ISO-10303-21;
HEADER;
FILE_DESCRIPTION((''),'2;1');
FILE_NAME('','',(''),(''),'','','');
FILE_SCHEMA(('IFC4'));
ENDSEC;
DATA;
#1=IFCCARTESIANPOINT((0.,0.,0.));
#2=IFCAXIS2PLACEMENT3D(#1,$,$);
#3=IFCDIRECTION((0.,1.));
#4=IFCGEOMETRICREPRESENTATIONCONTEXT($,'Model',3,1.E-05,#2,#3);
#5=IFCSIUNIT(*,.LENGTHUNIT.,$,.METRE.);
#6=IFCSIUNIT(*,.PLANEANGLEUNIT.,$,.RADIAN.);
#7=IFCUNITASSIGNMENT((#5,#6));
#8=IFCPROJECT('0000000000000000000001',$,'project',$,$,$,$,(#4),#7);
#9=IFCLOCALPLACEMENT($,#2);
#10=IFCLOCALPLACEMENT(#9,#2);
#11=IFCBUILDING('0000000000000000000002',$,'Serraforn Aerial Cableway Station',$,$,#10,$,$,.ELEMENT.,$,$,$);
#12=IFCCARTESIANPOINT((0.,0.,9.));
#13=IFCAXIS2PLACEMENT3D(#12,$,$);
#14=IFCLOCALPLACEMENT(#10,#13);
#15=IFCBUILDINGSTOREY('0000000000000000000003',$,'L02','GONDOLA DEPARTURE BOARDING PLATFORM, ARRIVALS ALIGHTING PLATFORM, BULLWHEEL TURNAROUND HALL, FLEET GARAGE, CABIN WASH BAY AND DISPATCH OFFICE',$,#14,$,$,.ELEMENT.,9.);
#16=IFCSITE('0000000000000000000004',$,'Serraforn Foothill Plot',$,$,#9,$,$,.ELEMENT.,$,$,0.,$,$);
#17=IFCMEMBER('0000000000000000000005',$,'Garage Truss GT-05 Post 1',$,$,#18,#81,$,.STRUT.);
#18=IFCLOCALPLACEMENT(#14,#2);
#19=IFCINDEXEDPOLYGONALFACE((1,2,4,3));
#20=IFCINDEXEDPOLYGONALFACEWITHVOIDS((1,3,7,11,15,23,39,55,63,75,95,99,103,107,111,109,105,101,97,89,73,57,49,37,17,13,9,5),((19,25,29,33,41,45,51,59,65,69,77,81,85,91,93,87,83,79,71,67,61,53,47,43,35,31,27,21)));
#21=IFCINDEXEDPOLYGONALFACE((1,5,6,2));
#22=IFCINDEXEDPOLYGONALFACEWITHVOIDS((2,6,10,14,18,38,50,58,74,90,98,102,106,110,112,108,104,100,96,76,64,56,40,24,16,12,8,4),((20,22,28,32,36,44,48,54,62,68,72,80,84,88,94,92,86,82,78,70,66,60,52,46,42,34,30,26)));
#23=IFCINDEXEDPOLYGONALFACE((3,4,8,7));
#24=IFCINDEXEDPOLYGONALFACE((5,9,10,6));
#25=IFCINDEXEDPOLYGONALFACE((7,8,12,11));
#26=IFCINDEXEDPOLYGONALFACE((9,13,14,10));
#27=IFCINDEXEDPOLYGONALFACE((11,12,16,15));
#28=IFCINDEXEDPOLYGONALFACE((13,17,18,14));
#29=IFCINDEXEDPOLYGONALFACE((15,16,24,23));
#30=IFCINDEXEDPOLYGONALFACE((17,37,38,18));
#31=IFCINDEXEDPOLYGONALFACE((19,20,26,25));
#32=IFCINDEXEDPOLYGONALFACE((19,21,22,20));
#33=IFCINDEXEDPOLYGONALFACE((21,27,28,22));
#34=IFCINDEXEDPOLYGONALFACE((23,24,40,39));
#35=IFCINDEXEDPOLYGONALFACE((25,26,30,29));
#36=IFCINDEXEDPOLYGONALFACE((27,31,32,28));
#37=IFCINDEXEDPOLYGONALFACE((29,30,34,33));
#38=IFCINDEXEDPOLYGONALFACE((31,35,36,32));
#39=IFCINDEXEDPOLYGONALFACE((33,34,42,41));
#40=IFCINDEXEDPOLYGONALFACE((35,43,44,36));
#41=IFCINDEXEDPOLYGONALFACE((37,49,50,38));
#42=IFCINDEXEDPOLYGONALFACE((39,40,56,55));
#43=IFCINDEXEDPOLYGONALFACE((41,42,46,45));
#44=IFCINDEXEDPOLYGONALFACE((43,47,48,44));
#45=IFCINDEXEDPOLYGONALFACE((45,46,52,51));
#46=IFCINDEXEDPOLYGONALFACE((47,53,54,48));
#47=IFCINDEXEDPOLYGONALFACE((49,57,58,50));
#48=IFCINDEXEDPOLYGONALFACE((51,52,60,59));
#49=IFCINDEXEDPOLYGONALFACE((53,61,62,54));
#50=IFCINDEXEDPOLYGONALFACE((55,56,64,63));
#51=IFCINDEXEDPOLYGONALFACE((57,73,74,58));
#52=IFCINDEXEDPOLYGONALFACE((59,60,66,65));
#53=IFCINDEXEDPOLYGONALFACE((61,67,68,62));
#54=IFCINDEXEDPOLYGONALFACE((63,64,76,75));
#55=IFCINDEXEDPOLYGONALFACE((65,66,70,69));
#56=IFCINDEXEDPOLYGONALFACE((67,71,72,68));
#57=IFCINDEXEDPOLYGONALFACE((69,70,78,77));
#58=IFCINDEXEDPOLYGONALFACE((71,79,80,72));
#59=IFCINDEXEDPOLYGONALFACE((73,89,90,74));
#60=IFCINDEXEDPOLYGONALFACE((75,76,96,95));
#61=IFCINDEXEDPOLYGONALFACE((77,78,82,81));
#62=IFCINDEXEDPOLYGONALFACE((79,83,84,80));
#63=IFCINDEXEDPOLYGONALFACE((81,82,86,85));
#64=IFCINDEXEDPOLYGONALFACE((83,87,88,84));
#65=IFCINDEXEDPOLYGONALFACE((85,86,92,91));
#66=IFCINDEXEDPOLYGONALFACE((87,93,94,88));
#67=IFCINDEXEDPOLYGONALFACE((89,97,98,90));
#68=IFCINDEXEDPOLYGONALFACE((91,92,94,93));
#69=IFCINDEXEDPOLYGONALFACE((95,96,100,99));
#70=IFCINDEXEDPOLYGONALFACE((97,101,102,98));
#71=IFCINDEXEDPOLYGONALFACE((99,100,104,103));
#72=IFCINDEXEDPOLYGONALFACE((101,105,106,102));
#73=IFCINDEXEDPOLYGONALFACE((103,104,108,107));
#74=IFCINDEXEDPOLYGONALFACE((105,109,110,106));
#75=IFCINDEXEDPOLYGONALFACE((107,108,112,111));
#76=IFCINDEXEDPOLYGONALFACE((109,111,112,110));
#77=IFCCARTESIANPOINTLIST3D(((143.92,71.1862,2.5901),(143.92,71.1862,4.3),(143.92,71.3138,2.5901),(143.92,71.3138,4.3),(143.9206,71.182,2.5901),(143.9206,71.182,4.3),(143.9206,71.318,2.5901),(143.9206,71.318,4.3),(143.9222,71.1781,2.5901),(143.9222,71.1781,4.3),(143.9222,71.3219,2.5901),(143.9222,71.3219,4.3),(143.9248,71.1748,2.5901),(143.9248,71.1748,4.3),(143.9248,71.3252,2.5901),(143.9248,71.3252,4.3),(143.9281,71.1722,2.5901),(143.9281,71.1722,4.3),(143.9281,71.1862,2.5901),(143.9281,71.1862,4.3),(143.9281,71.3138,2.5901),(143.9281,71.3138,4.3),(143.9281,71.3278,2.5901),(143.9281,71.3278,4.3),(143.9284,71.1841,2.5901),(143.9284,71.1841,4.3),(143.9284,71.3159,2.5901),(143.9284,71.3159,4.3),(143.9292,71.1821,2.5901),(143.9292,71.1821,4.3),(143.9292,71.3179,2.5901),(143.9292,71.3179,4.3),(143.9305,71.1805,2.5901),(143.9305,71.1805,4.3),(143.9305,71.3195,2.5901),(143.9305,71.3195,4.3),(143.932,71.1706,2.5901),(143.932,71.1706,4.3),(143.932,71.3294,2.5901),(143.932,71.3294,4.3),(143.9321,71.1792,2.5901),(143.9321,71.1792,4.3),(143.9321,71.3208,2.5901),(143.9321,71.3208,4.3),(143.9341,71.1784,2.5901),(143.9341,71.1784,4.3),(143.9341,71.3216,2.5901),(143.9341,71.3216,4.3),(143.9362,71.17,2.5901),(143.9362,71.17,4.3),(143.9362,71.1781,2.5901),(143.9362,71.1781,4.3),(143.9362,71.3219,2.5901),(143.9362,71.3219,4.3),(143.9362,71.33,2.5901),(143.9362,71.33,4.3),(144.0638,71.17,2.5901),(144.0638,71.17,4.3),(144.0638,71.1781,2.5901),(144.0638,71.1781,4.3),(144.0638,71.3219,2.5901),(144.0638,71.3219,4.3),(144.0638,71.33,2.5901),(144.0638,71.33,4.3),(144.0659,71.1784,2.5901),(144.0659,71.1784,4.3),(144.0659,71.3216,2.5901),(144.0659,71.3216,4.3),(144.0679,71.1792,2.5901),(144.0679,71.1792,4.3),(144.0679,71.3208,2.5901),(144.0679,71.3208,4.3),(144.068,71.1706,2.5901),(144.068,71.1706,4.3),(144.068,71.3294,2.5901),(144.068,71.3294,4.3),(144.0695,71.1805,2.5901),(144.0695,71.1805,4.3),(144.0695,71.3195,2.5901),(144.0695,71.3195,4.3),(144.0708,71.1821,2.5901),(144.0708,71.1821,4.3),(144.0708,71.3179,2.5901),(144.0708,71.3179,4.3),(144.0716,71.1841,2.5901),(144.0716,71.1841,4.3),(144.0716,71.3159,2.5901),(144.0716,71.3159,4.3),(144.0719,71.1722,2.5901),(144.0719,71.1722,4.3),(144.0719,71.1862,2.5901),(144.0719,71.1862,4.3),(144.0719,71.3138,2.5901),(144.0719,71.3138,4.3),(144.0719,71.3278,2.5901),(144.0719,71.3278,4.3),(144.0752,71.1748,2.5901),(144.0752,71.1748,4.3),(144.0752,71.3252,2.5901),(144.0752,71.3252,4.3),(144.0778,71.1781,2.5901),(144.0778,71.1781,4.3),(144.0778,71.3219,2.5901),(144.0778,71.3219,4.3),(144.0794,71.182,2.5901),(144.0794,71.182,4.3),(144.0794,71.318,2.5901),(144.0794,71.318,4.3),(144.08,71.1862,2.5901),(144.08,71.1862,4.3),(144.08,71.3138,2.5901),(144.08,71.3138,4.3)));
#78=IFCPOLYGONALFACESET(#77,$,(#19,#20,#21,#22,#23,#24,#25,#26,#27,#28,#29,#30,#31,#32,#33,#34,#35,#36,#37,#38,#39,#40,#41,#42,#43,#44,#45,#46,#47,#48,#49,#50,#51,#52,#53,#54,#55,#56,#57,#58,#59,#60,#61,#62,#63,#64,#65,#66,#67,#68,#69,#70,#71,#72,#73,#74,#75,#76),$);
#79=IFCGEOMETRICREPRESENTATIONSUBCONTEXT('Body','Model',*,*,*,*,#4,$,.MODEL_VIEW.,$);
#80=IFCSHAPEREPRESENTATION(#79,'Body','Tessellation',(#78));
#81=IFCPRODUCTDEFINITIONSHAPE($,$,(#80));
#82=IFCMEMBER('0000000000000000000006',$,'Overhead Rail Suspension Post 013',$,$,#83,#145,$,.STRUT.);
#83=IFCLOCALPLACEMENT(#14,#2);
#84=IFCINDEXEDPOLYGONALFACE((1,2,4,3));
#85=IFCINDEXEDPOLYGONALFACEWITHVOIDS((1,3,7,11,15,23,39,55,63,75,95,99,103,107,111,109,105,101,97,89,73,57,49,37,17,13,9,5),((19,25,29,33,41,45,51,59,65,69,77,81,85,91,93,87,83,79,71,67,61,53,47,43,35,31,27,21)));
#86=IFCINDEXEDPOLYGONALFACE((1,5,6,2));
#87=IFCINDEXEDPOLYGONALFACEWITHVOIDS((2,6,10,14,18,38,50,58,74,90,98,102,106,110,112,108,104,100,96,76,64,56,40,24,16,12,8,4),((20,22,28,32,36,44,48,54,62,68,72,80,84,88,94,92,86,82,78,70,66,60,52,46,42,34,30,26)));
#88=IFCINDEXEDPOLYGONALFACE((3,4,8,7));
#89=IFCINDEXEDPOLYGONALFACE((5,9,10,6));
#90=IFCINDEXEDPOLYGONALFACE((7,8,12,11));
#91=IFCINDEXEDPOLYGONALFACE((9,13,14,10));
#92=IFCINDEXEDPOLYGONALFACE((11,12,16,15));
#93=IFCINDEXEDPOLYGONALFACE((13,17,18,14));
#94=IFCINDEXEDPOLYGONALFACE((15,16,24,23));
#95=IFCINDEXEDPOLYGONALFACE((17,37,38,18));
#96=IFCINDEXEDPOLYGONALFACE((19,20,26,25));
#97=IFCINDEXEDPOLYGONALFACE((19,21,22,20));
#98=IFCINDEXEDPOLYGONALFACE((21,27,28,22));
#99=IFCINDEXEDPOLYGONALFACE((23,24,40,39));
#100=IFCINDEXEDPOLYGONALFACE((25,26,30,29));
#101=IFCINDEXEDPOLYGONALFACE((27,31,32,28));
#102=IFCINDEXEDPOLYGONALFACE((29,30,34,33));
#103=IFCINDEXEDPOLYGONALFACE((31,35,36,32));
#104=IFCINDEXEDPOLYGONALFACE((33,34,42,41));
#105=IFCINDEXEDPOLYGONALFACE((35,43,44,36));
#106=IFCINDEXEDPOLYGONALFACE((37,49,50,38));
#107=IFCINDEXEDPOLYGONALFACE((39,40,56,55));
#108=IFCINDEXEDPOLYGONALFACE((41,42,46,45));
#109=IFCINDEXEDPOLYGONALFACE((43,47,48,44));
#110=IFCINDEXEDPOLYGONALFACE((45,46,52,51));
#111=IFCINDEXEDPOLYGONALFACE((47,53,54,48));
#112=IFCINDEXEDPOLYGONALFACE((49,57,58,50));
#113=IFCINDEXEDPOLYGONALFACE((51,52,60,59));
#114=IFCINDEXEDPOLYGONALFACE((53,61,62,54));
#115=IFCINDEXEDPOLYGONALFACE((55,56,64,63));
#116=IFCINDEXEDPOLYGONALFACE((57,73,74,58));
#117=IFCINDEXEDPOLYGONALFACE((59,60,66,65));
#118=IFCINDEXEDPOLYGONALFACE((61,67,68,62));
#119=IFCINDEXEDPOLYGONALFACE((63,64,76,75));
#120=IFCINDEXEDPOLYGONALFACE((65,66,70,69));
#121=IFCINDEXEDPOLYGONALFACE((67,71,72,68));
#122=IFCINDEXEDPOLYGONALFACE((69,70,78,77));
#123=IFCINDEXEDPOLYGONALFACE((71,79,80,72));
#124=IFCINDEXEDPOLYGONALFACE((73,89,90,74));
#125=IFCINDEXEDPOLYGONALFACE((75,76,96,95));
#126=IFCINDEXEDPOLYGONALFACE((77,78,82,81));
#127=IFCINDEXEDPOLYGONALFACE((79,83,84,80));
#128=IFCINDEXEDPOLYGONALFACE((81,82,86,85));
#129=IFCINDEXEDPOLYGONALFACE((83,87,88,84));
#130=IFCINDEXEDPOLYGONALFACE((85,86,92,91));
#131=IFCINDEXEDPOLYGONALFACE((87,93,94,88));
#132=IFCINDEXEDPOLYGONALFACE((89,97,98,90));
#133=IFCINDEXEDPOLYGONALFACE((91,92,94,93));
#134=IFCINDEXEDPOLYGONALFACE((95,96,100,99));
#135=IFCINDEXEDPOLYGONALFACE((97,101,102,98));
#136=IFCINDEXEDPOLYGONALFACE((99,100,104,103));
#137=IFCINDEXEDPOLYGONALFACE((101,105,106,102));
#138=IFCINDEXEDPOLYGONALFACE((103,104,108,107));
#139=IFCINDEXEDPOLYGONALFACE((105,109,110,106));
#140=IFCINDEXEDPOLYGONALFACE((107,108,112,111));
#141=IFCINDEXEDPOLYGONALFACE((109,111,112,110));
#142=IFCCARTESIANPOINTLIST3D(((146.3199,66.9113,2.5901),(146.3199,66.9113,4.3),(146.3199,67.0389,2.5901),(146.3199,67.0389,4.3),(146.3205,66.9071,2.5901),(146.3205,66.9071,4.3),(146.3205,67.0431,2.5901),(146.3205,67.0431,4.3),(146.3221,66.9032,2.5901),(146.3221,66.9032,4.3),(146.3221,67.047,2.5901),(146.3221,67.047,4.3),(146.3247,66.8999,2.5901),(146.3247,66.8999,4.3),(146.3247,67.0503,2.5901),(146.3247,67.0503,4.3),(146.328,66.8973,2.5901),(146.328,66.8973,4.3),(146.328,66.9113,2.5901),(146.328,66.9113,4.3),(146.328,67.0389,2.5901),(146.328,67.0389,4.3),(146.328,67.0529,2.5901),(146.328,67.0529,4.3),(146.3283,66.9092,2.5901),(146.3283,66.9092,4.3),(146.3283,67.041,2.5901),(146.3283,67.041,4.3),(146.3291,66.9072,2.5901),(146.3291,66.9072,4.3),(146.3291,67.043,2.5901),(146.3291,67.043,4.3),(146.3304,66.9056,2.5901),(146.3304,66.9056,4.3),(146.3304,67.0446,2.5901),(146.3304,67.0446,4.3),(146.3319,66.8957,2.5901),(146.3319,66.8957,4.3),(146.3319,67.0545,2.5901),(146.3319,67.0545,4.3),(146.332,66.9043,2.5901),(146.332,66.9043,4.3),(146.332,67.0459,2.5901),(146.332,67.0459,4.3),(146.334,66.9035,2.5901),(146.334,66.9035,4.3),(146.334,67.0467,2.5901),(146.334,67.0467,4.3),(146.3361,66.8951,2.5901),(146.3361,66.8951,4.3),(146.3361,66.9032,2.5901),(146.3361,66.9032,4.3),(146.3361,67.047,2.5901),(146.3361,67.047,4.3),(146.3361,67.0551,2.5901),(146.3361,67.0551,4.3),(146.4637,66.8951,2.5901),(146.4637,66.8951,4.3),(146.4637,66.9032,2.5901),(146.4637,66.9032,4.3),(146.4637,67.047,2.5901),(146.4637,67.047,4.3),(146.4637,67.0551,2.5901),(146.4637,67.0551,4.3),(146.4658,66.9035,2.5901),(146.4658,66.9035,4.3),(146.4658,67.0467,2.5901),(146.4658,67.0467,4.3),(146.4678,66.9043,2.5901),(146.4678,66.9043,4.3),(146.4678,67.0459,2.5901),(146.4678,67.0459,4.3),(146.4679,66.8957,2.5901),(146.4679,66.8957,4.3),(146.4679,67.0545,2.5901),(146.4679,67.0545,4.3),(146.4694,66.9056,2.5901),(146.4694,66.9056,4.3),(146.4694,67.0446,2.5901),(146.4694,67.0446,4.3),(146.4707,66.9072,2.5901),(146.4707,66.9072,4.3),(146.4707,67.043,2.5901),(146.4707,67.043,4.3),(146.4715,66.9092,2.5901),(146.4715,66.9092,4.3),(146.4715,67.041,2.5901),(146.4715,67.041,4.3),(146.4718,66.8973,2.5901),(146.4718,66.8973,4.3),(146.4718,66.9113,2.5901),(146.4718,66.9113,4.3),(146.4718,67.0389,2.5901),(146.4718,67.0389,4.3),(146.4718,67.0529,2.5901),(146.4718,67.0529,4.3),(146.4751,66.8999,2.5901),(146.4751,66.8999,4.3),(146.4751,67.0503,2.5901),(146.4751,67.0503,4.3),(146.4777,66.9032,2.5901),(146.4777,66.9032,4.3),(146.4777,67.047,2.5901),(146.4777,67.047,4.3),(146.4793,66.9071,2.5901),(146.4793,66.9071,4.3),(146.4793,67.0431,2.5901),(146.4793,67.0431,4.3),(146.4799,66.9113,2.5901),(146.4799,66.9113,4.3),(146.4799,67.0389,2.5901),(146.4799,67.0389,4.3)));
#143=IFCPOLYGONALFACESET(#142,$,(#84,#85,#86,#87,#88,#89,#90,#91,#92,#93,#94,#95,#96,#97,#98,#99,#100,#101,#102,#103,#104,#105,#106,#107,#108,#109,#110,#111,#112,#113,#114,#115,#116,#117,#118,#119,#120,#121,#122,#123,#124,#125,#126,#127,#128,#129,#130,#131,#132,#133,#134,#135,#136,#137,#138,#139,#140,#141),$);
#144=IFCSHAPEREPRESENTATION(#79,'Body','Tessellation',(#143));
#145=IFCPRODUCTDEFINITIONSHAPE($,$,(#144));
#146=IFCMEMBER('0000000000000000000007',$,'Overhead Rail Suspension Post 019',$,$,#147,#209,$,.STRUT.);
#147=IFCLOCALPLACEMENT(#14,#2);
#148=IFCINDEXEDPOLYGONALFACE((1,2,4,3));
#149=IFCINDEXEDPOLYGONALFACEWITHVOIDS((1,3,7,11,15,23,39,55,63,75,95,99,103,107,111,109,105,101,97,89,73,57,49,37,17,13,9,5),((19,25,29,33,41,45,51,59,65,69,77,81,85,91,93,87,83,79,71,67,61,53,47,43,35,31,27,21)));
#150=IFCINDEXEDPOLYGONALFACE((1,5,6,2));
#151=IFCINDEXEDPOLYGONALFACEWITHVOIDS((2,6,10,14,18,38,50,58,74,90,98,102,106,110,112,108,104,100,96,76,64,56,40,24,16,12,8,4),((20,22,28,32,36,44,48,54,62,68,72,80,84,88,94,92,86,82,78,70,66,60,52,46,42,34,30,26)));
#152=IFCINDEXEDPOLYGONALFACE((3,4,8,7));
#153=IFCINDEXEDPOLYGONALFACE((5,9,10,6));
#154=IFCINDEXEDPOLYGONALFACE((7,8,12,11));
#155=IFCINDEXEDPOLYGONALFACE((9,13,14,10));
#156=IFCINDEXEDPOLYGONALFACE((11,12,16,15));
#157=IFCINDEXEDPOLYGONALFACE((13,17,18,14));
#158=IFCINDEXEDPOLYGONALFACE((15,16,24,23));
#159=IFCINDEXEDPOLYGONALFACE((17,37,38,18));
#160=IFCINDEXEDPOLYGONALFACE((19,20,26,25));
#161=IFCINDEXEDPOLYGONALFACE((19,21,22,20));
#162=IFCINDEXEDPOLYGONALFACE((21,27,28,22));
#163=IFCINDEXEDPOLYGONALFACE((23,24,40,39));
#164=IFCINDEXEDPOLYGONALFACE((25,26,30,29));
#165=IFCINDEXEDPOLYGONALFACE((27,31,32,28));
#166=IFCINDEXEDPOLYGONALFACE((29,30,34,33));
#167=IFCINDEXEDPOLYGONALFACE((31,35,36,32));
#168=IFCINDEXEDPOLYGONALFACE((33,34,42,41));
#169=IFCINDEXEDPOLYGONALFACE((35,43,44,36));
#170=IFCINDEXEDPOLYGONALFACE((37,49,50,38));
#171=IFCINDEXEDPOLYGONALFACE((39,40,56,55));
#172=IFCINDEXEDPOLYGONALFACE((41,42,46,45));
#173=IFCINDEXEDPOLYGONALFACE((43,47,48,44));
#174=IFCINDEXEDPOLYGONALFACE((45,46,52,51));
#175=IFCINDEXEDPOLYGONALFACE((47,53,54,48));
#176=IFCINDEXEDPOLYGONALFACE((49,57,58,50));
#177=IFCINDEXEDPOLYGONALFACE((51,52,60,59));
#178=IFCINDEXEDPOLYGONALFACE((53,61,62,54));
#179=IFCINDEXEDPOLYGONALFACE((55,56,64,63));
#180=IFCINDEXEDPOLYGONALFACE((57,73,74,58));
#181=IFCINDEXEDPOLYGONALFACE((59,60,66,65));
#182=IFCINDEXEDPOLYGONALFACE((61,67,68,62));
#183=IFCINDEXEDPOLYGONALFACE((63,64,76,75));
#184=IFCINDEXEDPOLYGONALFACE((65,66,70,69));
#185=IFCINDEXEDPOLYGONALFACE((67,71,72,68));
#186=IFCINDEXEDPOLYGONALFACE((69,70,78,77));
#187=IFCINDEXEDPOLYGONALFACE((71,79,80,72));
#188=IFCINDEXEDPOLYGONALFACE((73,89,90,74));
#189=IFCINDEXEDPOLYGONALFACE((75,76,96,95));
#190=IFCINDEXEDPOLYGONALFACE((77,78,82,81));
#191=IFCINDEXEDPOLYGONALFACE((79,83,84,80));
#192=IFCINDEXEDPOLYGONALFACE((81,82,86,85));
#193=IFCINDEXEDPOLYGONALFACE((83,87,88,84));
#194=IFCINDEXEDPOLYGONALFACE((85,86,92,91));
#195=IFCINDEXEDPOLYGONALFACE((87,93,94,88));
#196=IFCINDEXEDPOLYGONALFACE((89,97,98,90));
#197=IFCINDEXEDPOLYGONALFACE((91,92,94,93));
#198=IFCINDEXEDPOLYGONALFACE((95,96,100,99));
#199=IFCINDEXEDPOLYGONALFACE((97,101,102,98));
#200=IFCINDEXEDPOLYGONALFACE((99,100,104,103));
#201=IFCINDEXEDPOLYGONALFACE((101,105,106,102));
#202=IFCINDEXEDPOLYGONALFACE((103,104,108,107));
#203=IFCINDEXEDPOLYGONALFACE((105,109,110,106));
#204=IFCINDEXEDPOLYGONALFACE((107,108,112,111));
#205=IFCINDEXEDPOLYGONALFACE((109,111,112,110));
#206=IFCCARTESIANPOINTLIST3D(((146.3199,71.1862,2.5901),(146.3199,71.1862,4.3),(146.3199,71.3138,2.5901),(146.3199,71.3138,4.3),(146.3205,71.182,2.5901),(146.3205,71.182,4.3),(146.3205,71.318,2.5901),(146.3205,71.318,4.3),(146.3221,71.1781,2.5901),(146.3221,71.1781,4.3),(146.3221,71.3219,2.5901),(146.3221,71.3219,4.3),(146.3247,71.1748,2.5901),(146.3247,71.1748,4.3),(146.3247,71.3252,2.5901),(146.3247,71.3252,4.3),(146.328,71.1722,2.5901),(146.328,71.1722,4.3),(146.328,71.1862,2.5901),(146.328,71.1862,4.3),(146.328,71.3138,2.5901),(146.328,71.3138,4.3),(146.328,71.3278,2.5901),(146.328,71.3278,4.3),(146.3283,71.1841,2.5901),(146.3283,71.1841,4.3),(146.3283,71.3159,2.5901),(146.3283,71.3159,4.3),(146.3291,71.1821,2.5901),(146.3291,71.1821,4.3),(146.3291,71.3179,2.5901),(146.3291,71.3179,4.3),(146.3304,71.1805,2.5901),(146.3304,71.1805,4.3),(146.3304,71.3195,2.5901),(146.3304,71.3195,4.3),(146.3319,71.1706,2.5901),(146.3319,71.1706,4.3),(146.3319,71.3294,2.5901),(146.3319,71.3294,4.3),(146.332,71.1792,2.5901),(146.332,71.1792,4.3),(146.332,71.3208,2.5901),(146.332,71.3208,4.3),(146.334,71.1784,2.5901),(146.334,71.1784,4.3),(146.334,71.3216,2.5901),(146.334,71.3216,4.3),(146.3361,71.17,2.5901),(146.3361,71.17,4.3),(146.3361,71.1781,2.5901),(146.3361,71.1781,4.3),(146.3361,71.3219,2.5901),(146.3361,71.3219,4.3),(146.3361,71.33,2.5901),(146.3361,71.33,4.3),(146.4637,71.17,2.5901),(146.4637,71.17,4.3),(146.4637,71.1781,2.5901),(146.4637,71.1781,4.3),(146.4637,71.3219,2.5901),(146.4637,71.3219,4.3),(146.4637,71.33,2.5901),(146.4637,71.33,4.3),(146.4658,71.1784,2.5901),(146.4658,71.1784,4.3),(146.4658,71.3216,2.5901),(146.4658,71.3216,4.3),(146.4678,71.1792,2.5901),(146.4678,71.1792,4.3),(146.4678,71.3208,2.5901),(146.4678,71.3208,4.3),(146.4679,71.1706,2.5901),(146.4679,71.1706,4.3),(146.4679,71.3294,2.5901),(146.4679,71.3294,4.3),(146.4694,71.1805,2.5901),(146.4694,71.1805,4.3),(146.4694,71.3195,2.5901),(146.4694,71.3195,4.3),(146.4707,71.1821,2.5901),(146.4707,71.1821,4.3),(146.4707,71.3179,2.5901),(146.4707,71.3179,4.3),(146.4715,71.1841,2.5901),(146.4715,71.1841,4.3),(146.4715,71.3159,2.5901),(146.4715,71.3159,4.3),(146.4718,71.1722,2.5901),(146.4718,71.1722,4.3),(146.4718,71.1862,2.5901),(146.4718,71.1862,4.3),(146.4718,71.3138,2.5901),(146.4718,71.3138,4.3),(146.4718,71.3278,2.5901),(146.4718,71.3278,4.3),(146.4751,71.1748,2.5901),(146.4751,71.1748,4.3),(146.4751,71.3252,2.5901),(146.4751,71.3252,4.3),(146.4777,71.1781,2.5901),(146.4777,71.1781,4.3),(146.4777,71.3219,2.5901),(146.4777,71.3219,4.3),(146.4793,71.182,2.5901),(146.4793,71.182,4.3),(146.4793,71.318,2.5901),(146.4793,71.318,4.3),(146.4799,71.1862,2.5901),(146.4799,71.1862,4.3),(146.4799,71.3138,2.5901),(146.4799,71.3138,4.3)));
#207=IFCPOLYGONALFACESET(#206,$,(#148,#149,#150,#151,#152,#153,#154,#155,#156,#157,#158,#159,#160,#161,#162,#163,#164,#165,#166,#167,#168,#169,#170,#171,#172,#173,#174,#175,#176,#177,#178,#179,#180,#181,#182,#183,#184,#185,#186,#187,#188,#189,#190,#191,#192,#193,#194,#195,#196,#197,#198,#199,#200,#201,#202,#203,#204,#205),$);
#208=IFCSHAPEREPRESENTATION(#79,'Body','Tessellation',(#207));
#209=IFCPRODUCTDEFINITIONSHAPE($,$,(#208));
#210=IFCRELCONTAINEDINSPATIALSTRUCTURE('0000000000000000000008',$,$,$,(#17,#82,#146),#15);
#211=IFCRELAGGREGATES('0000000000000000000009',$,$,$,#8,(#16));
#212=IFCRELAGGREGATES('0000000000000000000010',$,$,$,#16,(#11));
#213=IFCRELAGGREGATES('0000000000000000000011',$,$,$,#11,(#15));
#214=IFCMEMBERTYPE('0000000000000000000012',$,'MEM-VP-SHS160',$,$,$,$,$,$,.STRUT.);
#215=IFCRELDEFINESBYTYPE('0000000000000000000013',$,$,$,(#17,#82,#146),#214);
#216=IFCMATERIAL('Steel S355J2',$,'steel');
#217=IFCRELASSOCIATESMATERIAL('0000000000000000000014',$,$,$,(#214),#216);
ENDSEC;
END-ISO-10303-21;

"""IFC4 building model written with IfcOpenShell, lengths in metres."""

from ifc_helpers import new_model, si_unit, direction, frame, origin, origin_2d, place, context, subcontext, project, spatial, hollow_rectangle, extrude, material, material_profile, profile_set, type_object, element, save


model = new_model("IFC4")

# Units and contexts
model_context = context("Model", 3, precision=1e-05, world=origin(), true_north=direction((0.0, 1.0)))
body_context = subcontext(model_context, "Body", "Model", "MODEL_VIEW")
ifc_project = project(units=[si_unit("LENGTHUNIT", "METRE"), si_unit("PLANEANGLEUNIT", "RADIAN")], contexts=[model_context])

# Site, building, storey
site_placement = place(None, origin())
site = spatial("IfcSite", under=ifc_project, at=site_placement, Name="Serraforn Foothill Plot", CompositionType="ELEMENT", RefElevation=0.0)
building_placement = place(site_placement, origin())
building = spatial("IfcBuilding", under=site, at=building_placement, Name="Serraforn Aerial Cableway Station", CompositionType="ELEMENT")
storey_placement = place(building_placement, frame((0.0, 0.0, 9.0)))
storey = spatial("IfcBuildingStorey", under=building, at=storey_placement, Name="L02", Description="GONDOLA DEPARTURE BOARDING PLATFORM, ARRIVALS ALIGHTING PLATFORM, BULLWHEEL TURNAROUND HALL, FLEET GARAGE, CABIN WASH BAY AND DISPATCH OFFICE", CompositionType="ELEMENT", Elevation=9.0)

# Shared definitions
ifc_material_1 = material(Name="Steel S355J2", Category="steel")

# Members
ifc_material_profile_1 = material_profile(ifc_material_1, hollow_rectangle(XDim=0.1599, YDim=0.1599, WallThickness=0.0081, InnerFilletRadius=0.0081, OuterFilletRadius=0.0161, at=origin_2d()), Name="SHS 160x160x8.0")
ifc_profile_set_1 = profile_set([ifc_material_profile_1], Name="Steel S355J2")
member_type_1 = type_object("IfcMemberType", Name="MEM-VP-SHS160", PredefinedType="STRUT", material=ifc_profile_set_1)
for number, where, z_axis, x_axis, name in (
    (1, (144.0, 71.25, 2.5901), (0.0, 0.0, 1.0), (1.0, 0.0, 0.0), "Garage Truss GT-05 Post 1"),
    (2, (146.3999, 66.9751, 2.5901), (0.0, 0.0, 1.0), (1.0, 0.0, 0.0), "Overhead Rail Suspension Post 013"),
    (3, (146.3999, 71.25, 2.5901), (0.0, 0.0, 1.0), (1.0, 0.0, 0.0), "Overhead Rail Suspension Post 019"),
):
    element("IfcMember", number, at=place(storey_placement, frame(where, z_axis=z_axis, x_axis=x_axis)), inside=storey, type_object=member_type_1, Name=name, PredefinedType="STRUT", context=body_context, shape_type="SweptSolid", body=[
        extrude(hollow_rectangle(XDim=0.1599, YDim=0.1599, WallThickness=0.0081, InnerFilletRadius=0.0081, OuterFilletRadius=0.0161, at=origin_2d()), origin(), (0.0, 0.0, 1.0), 1.71),
    ])

save(model, "model.ifc")
